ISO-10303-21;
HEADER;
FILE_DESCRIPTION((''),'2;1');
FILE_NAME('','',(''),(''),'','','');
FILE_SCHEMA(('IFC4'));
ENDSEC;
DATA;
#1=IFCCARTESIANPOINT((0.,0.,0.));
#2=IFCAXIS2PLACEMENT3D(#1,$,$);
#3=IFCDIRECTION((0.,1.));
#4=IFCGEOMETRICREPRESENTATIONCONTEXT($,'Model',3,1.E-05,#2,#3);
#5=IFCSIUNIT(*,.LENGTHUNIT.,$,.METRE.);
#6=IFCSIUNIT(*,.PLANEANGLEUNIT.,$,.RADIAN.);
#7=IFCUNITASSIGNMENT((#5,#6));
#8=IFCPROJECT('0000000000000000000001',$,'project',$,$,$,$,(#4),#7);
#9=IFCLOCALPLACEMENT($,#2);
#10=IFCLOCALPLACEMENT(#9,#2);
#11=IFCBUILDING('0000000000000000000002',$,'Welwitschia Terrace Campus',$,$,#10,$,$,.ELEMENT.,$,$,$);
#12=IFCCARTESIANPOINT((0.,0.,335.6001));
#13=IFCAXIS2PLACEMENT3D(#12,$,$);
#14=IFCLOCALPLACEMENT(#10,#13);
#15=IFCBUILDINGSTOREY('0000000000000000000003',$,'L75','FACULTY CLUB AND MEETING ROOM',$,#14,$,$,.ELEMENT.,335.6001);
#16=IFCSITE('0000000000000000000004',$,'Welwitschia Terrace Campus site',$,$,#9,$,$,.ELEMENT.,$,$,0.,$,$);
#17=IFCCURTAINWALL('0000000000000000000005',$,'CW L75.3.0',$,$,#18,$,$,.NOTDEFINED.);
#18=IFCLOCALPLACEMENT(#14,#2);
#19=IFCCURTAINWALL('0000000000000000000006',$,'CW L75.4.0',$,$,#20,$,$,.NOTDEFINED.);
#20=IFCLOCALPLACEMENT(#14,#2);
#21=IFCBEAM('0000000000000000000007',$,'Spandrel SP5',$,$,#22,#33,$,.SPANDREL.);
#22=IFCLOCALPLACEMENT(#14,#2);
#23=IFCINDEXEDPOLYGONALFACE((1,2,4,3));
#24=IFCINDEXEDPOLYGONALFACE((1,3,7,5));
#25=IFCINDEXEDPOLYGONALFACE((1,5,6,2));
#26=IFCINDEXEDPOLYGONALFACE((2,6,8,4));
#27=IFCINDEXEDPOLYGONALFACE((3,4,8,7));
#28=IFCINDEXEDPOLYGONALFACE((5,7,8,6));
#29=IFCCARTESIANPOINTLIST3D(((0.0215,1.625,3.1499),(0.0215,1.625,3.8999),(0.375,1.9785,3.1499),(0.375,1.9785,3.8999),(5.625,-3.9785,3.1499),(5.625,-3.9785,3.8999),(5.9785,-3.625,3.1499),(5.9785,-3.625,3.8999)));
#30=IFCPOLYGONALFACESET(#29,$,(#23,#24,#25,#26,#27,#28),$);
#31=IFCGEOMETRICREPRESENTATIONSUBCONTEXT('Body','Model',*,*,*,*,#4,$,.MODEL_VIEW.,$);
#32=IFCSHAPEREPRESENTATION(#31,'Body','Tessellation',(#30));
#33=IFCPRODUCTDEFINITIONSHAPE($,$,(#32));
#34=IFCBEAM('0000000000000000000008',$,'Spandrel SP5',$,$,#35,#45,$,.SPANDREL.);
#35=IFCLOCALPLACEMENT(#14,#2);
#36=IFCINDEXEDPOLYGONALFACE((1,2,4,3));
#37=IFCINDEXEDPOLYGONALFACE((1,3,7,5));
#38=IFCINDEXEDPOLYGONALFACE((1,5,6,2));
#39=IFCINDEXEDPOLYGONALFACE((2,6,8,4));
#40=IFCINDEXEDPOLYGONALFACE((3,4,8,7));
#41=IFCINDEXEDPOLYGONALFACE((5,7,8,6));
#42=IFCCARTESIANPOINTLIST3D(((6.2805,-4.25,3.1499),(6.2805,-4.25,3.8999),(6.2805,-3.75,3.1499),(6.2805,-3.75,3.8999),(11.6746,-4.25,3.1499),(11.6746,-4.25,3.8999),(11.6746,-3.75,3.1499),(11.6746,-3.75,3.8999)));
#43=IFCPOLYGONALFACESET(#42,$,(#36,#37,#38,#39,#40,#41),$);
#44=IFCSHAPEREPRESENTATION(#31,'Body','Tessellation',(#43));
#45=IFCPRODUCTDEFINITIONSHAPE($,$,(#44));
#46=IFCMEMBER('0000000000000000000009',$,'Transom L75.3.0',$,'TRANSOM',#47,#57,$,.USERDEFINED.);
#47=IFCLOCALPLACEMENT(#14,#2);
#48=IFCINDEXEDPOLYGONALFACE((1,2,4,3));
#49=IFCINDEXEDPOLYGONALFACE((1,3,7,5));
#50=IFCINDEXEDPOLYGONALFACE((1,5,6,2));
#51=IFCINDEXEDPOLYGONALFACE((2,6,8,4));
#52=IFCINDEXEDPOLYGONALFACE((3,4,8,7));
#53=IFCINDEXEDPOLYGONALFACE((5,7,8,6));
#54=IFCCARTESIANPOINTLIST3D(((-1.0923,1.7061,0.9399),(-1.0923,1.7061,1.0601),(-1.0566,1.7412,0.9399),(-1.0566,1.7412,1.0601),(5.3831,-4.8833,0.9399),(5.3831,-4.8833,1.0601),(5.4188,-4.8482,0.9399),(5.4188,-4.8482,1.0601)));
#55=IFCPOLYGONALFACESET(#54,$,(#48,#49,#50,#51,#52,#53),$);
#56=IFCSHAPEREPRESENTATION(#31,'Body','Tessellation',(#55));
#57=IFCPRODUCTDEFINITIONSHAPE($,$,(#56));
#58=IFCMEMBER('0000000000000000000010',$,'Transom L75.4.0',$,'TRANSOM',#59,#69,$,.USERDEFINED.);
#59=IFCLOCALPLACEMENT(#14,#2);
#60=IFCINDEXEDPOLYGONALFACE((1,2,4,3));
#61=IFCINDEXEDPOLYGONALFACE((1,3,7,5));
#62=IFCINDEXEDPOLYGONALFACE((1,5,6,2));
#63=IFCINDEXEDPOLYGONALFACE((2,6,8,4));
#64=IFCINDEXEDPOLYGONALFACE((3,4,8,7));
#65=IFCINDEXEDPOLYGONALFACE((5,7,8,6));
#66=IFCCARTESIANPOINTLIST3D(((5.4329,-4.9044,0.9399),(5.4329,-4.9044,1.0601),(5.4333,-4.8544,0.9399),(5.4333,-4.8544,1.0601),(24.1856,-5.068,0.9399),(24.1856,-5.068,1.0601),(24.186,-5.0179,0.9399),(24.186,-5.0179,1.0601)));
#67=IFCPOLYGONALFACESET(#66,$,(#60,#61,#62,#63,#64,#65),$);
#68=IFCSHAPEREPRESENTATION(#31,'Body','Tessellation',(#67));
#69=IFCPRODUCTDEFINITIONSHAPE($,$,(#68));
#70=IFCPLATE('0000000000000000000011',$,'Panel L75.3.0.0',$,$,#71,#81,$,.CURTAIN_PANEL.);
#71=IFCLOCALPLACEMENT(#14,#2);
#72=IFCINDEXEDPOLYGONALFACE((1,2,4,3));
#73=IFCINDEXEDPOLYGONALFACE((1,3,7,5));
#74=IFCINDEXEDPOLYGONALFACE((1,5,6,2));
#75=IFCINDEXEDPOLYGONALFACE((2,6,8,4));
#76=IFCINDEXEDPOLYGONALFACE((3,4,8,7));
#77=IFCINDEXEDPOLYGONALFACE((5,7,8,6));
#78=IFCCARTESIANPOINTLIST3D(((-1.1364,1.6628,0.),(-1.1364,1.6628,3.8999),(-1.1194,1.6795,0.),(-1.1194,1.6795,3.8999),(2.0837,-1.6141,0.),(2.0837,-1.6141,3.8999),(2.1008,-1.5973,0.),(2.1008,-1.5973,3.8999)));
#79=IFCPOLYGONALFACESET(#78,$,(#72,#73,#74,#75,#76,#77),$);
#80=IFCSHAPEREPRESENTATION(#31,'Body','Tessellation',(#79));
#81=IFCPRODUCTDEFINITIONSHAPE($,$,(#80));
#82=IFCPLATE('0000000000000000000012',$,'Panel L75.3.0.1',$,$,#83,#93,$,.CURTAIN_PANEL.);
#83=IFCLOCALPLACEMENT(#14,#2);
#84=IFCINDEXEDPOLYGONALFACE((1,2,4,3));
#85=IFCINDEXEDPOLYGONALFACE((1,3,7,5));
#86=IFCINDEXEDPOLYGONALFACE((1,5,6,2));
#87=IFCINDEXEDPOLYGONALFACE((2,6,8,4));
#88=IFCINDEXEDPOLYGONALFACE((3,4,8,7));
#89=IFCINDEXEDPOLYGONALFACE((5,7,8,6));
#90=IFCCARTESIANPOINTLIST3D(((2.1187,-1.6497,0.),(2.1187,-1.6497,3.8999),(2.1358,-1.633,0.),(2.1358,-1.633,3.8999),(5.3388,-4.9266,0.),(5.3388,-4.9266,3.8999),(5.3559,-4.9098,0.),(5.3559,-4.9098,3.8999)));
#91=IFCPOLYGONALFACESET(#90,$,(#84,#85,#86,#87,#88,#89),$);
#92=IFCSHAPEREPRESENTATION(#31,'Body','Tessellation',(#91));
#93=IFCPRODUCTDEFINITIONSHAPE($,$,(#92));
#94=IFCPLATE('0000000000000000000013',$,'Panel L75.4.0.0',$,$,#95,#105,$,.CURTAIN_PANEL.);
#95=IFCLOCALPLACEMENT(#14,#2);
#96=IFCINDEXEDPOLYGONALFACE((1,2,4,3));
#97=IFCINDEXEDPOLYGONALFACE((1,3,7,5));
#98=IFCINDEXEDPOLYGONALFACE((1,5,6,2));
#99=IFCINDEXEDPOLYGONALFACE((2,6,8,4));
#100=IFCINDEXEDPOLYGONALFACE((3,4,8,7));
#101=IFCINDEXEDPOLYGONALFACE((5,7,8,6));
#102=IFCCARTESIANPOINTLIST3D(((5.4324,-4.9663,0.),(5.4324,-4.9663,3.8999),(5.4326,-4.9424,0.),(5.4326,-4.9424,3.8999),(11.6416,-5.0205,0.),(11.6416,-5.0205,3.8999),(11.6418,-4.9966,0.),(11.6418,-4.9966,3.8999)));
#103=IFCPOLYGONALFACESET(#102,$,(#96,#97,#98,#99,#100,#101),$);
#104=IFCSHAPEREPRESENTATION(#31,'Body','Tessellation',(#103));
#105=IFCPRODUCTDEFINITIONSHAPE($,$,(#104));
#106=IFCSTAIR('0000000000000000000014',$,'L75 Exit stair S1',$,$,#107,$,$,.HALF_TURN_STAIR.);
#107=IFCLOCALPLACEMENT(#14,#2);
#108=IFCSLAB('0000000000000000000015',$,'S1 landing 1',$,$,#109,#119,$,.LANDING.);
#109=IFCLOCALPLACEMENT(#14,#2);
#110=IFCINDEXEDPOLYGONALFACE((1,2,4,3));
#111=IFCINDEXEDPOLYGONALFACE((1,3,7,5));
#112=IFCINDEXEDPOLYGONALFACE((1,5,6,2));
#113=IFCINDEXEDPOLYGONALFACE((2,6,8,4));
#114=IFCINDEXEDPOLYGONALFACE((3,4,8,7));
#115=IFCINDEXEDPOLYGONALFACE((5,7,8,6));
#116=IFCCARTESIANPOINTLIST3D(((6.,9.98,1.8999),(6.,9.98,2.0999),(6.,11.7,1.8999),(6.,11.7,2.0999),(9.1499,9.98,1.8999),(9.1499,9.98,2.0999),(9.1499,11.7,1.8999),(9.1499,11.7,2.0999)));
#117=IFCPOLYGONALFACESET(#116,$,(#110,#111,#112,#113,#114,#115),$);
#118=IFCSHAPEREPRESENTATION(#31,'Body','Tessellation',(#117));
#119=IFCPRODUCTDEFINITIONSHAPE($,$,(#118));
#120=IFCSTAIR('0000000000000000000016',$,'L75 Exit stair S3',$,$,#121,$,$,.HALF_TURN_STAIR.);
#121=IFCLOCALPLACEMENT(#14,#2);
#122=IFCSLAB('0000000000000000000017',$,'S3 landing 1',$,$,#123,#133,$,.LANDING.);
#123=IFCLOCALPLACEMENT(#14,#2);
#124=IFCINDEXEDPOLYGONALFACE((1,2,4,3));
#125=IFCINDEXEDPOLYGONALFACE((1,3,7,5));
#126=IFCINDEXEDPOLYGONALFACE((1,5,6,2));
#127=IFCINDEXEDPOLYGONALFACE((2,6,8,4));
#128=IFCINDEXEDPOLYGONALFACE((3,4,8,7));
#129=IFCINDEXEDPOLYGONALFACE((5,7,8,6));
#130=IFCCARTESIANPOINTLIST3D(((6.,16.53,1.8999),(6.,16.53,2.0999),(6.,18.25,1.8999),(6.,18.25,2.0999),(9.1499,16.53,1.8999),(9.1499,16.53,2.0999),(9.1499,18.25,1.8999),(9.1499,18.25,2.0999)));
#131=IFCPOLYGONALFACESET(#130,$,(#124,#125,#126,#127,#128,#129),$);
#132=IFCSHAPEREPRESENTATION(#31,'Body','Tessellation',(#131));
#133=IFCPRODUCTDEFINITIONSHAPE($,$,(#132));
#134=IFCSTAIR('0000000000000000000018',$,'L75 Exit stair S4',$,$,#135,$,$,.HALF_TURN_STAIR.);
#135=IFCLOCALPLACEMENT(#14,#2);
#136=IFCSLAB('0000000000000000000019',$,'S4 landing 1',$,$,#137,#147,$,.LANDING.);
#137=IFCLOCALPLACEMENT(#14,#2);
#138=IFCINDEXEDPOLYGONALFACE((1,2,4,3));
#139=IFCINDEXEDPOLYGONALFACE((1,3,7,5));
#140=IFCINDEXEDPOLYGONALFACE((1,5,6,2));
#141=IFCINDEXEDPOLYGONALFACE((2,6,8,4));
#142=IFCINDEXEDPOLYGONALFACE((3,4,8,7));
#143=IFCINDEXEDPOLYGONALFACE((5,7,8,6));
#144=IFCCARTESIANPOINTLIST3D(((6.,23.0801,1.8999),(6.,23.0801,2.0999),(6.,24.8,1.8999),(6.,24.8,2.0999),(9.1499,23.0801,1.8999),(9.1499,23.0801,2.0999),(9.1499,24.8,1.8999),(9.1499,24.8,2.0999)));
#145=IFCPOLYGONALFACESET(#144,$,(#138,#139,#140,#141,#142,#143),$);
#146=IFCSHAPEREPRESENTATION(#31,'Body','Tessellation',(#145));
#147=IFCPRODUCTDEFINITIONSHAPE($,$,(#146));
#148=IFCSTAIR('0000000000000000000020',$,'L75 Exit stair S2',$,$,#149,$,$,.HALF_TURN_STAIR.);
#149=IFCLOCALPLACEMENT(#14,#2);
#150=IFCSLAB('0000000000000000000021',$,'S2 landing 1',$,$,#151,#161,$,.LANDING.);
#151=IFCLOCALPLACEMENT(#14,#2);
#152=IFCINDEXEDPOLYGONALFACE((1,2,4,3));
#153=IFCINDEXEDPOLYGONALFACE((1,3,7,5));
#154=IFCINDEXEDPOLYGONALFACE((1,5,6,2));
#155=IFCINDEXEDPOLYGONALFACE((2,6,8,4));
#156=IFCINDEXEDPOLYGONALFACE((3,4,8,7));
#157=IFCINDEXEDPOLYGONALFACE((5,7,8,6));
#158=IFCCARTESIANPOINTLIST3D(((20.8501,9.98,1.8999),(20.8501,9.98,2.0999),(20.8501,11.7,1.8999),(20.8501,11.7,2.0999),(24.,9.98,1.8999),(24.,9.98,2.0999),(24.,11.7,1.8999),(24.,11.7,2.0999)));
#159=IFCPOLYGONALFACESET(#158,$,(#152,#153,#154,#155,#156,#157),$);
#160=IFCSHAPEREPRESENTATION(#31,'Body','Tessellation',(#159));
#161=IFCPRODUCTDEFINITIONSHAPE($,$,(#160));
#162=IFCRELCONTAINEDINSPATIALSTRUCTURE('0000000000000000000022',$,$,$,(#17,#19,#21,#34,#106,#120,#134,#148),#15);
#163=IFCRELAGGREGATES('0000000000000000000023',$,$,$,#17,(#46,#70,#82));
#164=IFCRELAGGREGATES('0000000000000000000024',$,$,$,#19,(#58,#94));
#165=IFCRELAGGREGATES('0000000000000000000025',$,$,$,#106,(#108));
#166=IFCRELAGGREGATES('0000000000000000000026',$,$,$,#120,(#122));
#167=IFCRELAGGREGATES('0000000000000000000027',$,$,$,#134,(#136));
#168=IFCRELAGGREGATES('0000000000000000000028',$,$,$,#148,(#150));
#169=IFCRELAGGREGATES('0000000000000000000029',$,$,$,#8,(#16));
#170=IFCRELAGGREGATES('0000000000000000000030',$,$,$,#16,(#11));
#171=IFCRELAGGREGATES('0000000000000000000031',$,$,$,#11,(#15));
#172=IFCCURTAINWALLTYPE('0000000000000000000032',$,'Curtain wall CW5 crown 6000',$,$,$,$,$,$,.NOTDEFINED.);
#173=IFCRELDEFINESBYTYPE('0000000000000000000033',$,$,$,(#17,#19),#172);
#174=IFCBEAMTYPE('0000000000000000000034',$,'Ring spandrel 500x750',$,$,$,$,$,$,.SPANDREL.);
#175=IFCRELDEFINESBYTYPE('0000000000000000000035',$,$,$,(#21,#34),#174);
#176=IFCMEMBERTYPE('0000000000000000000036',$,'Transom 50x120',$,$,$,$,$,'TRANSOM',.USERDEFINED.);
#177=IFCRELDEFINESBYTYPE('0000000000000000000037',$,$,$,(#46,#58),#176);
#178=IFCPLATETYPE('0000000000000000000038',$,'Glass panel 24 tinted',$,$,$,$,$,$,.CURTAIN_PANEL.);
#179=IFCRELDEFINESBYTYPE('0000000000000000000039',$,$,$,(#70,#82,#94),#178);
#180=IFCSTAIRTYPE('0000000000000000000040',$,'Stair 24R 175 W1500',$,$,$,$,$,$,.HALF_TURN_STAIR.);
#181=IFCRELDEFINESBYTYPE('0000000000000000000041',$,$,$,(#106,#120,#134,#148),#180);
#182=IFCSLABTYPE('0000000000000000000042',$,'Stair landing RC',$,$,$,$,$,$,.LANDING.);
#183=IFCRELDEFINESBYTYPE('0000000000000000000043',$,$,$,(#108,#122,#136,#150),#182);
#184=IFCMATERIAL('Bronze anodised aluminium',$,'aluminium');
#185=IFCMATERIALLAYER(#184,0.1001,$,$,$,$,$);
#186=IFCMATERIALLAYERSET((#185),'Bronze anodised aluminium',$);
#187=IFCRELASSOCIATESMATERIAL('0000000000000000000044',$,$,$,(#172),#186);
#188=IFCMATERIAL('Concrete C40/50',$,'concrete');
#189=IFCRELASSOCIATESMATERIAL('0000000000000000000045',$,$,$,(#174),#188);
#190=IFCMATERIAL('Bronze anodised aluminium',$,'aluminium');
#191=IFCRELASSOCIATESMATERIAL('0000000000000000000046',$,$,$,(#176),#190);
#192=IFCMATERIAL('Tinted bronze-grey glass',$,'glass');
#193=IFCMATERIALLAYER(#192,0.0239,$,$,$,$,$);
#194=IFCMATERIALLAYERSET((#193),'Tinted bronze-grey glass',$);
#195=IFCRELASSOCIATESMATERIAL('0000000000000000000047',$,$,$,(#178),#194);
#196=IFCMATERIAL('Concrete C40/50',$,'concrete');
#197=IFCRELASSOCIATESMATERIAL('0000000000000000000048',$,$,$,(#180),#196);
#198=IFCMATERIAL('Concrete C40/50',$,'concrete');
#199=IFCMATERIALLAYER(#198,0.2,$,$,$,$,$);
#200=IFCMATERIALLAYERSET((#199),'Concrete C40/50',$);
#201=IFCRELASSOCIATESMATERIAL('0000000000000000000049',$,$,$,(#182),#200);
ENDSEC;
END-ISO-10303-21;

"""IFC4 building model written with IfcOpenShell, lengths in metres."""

from ifc_helpers import new_model, si_unit, direction, frame, origin, origin_2d, place, context, subcontext, project, spatial, polyline, rectangle, outline, extrude, material, layer, layer_set, material_profile, profile_set, type_object, element, aggregate, save


model = new_model("IFC4")

# Units and contexts
model_context = context("Model", 3, precision=1e-05, world=origin(), true_north=direction((0.0, 1.0)))
body_context = subcontext(model_context, "Body", "Model", "MODEL_VIEW")
ifc_project = project(units=[si_unit("LENGTHUNIT", "METRE"), si_unit("PLANEANGLEUNIT", "RADIAN")], contexts=[model_context])

# Site, building, storey
site_placement = place(None, origin())
site = spatial("IfcSite", under=ifc_project, at=site_placement, Name="Welwitschia Terrace Campus site", CompositionType="ELEMENT", RefElevation=0.0)
building_placement = place(site_placement, origin())
building = spatial("IfcBuilding", under=site, at=building_placement, Name="Welwitschia Terrace Campus", CompositionType="ELEMENT")
storey_placement = place(building_placement, frame((0.0, 0.0, 335.6001)))
storey = spatial("IfcBuildingStorey", under=building, at=storey_placement, Name="L75", Description="FACULTY CLUB AND MEETING ROOM", CompositionType="ELEMENT", Elevation=335.6001)

# Shared definitions
ifc_material_1 = material(Name="Bronze anodised aluminium", Category="aluminium")
ifc_layer_1 = layer(ifc_material_1, 0.1001)
ifc_layer_set_1 = layer_set([ifc_layer_1], Name="Bronze anodised aluminium")
curtain_wall_type = type_object("IfcCurtainWallType", Name="Curtain wall CW5 crown 6000", PredefinedType="NOTDEFINED", material=ifc_layer_set_1)

# Curtain walls
curtain_wall_1_placement = place(storey_placement, origin())
curtain_wall_1 = element("IfcCurtainWall", 1, at=curtain_wall_1_placement, inside=storey, type_object=curtain_wall_type, Name="CW L75.3.0", PredefinedType="NOTDEFINED")
curtain_wall_2_placement = place(storey_placement, origin())
curtain_wall_2 = element("IfcCurtainWall", 2, at=curtain_wall_2_placement, inside=storey, type_object=curtain_wall_type, Name="CW L75.4.0", PredefinedType="NOTDEFINED")

# Beams
ifc_material_2 = material(Name="Concrete C40/50", Category="concrete")
ifc_material_profile_1 = material_profile(ifc_material_2, rectangle(XDim=0.5, YDim=0.75, at=origin_2d()))
ifc_profile_set_1 = profile_set([ifc_material_profile_1], Name="Concrete C40/50")
beam_type_1 = type_object("IfcBeamType", Name="Ring spandrel 500x750", PredefinedType="SPANDREL", material=ifc_profile_set_1)
beam_1_placement = place(storey_placement, frame((0.1982, 1.8018, 3.5249), z_axis=(0.707107, -0.707107, 0.0), x_axis=(0.707107, 0.707107, 0.0)))
element("IfcBeam", 3, at=beam_1_placement, inside=storey, type_object=beam_type_1, Name="Spandrel SP5", PredefinedType="SPANDREL", context=body_context, shape_type="SweptSolid", body=[
    extrude(rectangle(XDim=0.5, YDim=0.75, at=origin_2d()), origin(), (0.0, 0.0, 1.0), 7.9246),
])
beam_2_placement = place(storey_placement, frame((6.2805, -4.0, 3.5249), z_axis=(1.0, 0.0, 0.0), x_axis=(0.0, 1.0, 0.0)))
element("IfcBeam", 4, at=beam_2_placement, inside=storey, type_object=beam_type_1, Name="Spandrel SP5", PredefinedType="SPANDREL", context=body_context, shape_type="SweptSolid", body=[
    extrude(rectangle(XDim=0.5, YDim=0.75, at=origin_2d()), origin(), (0.0, 0.0, 1.0), 5.394),
])

# Members
ifc_material_3 = material(Name="Bronze anodised aluminium", Category="aluminium")
ifc_material_profile_2 = material_profile(ifc_material_3, rectangle(XDim=0.05, YDim=0.1201, at=origin_2d()))
ifc_profile_set_2 = profile_set([ifc_material_profile_2], Name="Bronze anodised aluminium")
member_type_1 = type_object("IfcMemberType", Name="Transom 50x120", ElementType="TRANSOM", PredefinedType="USERDEFINED", material=ifc_profile_set_2)
member_1_placement = place(storey_placement, frame((-1.0745, 1.7236, 1.0), z_axis=(0.700909, -0.71325, 0.0), x_axis=(0.71325, 0.700909, 0.0)))
member_1 = element("IfcMember", 5, at=member_1_placement, type_object=member_type_1, Name="Transom L75.3.0", ObjectType="TRANSOM", PredefinedType="USERDEFINED", context=body_context, shape_type="SweptSolid", body=[
    extrude(rectangle(XDim=0.05, YDim=0.1201, at=origin_2d()), origin(), (0.0, 0.0, 1.0), 9.2385),
])
member_2_placement = place(storey_placement, frame((5.4331, -4.8794, 1.0), z_axis=(0.999962, -0.008722, 0.0), x_axis=(0.008722, 0.999962, 0.0)))
member_2 = element("IfcMember", 6, at=member_2_placement, type_object=member_type_1, Name="Transom L75.4.0", ObjectType="TRANSOM", PredefinedType="USERDEFINED", context=body_context, shape_type="SweptSolid", body=[
    extrude(rectangle(XDim=0.05, YDim=0.1201, at=origin_2d()), origin(), (0.0, 0.0, 1.0), 18.7534),
])

# Plates
ifc_material_4 = material(Name="Tinted bronze-grey glass", Category="glass")
ifc_layer_2 = layer(ifc_material_4, 0.0239)
ifc_layer_set_2 = layer_set([ifc_layer_2], Name="Tinted bronze-grey glass")
plate_type = type_object("IfcPlateType", Name="Glass panel 24 tinted", PredefinedType="CURTAIN_PANEL", material=ifc_layer_set_2)
plate_1_placement = place(storey_placement, frame((0.4822, 0.0327, 0.0), z_axis=(0.0, 0.0, 1.0), x_axis=(0.700909, -0.71325, 0.0)))
plate_1 = element("IfcPlate", 7, at=plate_1_placement, type_object=plate_type, Name="Panel L75.3.0.0", PredefinedType="CURTAIN_PANEL", context=body_context, shape_type="SweptSolid", body=[
    extrude(rectangle(XDim=4.5942, YDim=0.0239, at=origin_2d()), origin(), (0.0, 0.0, 1.0), 3.8999),
])
plate_2_placement = place(storey_placement, frame((3.7373, -3.2798, 0.0), z_axis=(0.0, 0.0, 1.0), x_axis=(0.700909, -0.71325, 0.0)))
plate_2 = element("IfcPlate", 8, at=plate_2_placement, type_object=plate_type, Name="Panel L75.3.0.1", PredefinedType="CURTAIN_PANEL", context=body_context, shape_type="SweptSolid", body=[
    extrude(rectangle(XDim=4.5942, YDim=0.0239, at=origin_2d()), origin(), (0.0, 0.0, 1.0), 3.8999),
])
aggregate(curtain_wall_1, [member_1, plate_1, plate_2])
plate_3_placement = place(storey_placement, frame((8.5371, -4.9814, 0.0), z_axis=(0.0, 0.0, 1.0), x_axis=(0.999962, -0.008727, 0.0)))
plate_3 = element("IfcPlate", 9, at=plate_3_placement, type_object=plate_type, Name="Panel L75.4.0.0", PredefinedType="CURTAIN_PANEL", context=body_context, shape_type="SweptSolid", body=[
    extrude(rectangle(XDim=6.2095, YDim=0.0239, at=origin_2d()), origin(), (0.0, 0.0, 1.0), 3.8999),
])
aggregate(curtain_wall_2, [member_2, plate_3])

# Stairs, slabs
ifc_material_5 = material(Name="Concrete C40/50", Category="concrete")
stair_type = type_object("IfcStairType", Name="Stair 24R 175 W1500", PredefinedType="HALF_TURN_STAIR", material=ifc_material_5)
stair_1_placement = place(storey_placement, origin())
stair_1 = element("IfcStair", 10, at=stair_1_placement, inside=storey, type_object=stair_type, Name="L75 Exit stair S1", PredefinedType="HALF_TURN_STAIR")
ifc_material_6 = material(Name="Concrete C40/50", Category="concrete")
ifc_layer_3 = layer(ifc_material_6, 0.2)
ifc_layer_set_3 = layer_set([ifc_layer_3], Name="Concrete C40/50")
slab_type_1 = type_object("IfcSlabType", Name="Stair landing RC", PredefinedType="LANDING", material=ifc_layer_set_3)
slab_1_placement = place(storey_placement, frame((0.0, 0.0, 1.8999)))
slab_1 = element("IfcSlab", 11, at=slab_1_placement, type_object=slab_type_1, Name="S1 landing 1", PredefinedType="LANDING", context=body_context, shape_type="SweptSolid", body=[
    extrude(outline(polyline([(9.1499, 9.98), (9.1499, 11.7), (6.0, 11.7), (6.0, 9.98), (9.1499, 9.98)])), origin(), (0.0, 0.0, 1.0), 0.2),
])
aggregate(stair_1, [slab_1])
stair_2_placement = place(storey_placement, origin())
stair_2 = element("IfcStair", 12, at=stair_2_placement, inside=storey, type_object=stair_type, Name="L75 Exit stair S3", PredefinedType="HALF_TURN_STAIR")
slab_2_placement = place(storey_placement, frame((0.0, 0.0, 1.8999)))
slab_2 = element("IfcSlab", 13, at=slab_2_placement, type_object=slab_type_1, Name="S3 landing 1", PredefinedType="LANDING", context=body_context, shape_type="SweptSolid", body=[
    extrude(outline(polyline([(9.1499, 16.53), (9.1499, 18.25), (6.0, 18.25), (6.0, 16.53), (9.1499, 16.53)])), origin(), (0.0, 0.0, 1.0), 0.2),
])
aggregate(stair_2, [slab_2])
stair_3_placement = place(storey_placement, origin())
stair_3 = element("IfcStair", 14, at=stair_3_placement, inside=storey, type_object=stair_type, Name="L75 Exit stair S4", PredefinedType="HALF_TURN_STAIR")
slab_3_placement = place(storey_placement, frame((0.0, 0.0, 1.8999)))
slab_3 = element("IfcSlab", 15, at=slab_3_placement, type_object=slab_type_1, Name="S4 landing 1", PredefinedType="LANDING", context=body_context, shape_type="SweptSolid", body=[
    extrude(outline(polyline([(9.1499, 23.0801), (9.1499, 24.8), (6.0, 24.8), (6.0, 23.0801), (9.1499, 23.0801)])), origin(), (0.0, 0.0, 1.0), 0.2),
])
aggregate(stair_3, [slab_3])
stair_4_placement = place(storey_placement, origin())
stair_4 = element("IfcStair", 16, at=stair_4_placement, inside=storey, type_object=stair_type, Name="L75 Exit stair S2", PredefinedType="HALF_TURN_STAIR")
slab_4_placement = place(storey_placement, frame((0.0, 0.0, 1.8999)))
slab_4 = element("IfcSlab", 17, at=slab_4_placement, type_object=slab_type_1, Name="S2 landing 1", PredefinedType="LANDING", context=body_context, shape_type="SweptSolid", body=[
    extrude(outline(polyline([(24.0, 9.98), (24.0, 11.7), (20.8501, 11.7), (20.8501, 9.98), (24.0, 9.98)])), origin(), (0.0, 0.0, 1.0), 0.2),
])
aggregate(stair_4, [slab_4])

save(model, "model.ifc")
